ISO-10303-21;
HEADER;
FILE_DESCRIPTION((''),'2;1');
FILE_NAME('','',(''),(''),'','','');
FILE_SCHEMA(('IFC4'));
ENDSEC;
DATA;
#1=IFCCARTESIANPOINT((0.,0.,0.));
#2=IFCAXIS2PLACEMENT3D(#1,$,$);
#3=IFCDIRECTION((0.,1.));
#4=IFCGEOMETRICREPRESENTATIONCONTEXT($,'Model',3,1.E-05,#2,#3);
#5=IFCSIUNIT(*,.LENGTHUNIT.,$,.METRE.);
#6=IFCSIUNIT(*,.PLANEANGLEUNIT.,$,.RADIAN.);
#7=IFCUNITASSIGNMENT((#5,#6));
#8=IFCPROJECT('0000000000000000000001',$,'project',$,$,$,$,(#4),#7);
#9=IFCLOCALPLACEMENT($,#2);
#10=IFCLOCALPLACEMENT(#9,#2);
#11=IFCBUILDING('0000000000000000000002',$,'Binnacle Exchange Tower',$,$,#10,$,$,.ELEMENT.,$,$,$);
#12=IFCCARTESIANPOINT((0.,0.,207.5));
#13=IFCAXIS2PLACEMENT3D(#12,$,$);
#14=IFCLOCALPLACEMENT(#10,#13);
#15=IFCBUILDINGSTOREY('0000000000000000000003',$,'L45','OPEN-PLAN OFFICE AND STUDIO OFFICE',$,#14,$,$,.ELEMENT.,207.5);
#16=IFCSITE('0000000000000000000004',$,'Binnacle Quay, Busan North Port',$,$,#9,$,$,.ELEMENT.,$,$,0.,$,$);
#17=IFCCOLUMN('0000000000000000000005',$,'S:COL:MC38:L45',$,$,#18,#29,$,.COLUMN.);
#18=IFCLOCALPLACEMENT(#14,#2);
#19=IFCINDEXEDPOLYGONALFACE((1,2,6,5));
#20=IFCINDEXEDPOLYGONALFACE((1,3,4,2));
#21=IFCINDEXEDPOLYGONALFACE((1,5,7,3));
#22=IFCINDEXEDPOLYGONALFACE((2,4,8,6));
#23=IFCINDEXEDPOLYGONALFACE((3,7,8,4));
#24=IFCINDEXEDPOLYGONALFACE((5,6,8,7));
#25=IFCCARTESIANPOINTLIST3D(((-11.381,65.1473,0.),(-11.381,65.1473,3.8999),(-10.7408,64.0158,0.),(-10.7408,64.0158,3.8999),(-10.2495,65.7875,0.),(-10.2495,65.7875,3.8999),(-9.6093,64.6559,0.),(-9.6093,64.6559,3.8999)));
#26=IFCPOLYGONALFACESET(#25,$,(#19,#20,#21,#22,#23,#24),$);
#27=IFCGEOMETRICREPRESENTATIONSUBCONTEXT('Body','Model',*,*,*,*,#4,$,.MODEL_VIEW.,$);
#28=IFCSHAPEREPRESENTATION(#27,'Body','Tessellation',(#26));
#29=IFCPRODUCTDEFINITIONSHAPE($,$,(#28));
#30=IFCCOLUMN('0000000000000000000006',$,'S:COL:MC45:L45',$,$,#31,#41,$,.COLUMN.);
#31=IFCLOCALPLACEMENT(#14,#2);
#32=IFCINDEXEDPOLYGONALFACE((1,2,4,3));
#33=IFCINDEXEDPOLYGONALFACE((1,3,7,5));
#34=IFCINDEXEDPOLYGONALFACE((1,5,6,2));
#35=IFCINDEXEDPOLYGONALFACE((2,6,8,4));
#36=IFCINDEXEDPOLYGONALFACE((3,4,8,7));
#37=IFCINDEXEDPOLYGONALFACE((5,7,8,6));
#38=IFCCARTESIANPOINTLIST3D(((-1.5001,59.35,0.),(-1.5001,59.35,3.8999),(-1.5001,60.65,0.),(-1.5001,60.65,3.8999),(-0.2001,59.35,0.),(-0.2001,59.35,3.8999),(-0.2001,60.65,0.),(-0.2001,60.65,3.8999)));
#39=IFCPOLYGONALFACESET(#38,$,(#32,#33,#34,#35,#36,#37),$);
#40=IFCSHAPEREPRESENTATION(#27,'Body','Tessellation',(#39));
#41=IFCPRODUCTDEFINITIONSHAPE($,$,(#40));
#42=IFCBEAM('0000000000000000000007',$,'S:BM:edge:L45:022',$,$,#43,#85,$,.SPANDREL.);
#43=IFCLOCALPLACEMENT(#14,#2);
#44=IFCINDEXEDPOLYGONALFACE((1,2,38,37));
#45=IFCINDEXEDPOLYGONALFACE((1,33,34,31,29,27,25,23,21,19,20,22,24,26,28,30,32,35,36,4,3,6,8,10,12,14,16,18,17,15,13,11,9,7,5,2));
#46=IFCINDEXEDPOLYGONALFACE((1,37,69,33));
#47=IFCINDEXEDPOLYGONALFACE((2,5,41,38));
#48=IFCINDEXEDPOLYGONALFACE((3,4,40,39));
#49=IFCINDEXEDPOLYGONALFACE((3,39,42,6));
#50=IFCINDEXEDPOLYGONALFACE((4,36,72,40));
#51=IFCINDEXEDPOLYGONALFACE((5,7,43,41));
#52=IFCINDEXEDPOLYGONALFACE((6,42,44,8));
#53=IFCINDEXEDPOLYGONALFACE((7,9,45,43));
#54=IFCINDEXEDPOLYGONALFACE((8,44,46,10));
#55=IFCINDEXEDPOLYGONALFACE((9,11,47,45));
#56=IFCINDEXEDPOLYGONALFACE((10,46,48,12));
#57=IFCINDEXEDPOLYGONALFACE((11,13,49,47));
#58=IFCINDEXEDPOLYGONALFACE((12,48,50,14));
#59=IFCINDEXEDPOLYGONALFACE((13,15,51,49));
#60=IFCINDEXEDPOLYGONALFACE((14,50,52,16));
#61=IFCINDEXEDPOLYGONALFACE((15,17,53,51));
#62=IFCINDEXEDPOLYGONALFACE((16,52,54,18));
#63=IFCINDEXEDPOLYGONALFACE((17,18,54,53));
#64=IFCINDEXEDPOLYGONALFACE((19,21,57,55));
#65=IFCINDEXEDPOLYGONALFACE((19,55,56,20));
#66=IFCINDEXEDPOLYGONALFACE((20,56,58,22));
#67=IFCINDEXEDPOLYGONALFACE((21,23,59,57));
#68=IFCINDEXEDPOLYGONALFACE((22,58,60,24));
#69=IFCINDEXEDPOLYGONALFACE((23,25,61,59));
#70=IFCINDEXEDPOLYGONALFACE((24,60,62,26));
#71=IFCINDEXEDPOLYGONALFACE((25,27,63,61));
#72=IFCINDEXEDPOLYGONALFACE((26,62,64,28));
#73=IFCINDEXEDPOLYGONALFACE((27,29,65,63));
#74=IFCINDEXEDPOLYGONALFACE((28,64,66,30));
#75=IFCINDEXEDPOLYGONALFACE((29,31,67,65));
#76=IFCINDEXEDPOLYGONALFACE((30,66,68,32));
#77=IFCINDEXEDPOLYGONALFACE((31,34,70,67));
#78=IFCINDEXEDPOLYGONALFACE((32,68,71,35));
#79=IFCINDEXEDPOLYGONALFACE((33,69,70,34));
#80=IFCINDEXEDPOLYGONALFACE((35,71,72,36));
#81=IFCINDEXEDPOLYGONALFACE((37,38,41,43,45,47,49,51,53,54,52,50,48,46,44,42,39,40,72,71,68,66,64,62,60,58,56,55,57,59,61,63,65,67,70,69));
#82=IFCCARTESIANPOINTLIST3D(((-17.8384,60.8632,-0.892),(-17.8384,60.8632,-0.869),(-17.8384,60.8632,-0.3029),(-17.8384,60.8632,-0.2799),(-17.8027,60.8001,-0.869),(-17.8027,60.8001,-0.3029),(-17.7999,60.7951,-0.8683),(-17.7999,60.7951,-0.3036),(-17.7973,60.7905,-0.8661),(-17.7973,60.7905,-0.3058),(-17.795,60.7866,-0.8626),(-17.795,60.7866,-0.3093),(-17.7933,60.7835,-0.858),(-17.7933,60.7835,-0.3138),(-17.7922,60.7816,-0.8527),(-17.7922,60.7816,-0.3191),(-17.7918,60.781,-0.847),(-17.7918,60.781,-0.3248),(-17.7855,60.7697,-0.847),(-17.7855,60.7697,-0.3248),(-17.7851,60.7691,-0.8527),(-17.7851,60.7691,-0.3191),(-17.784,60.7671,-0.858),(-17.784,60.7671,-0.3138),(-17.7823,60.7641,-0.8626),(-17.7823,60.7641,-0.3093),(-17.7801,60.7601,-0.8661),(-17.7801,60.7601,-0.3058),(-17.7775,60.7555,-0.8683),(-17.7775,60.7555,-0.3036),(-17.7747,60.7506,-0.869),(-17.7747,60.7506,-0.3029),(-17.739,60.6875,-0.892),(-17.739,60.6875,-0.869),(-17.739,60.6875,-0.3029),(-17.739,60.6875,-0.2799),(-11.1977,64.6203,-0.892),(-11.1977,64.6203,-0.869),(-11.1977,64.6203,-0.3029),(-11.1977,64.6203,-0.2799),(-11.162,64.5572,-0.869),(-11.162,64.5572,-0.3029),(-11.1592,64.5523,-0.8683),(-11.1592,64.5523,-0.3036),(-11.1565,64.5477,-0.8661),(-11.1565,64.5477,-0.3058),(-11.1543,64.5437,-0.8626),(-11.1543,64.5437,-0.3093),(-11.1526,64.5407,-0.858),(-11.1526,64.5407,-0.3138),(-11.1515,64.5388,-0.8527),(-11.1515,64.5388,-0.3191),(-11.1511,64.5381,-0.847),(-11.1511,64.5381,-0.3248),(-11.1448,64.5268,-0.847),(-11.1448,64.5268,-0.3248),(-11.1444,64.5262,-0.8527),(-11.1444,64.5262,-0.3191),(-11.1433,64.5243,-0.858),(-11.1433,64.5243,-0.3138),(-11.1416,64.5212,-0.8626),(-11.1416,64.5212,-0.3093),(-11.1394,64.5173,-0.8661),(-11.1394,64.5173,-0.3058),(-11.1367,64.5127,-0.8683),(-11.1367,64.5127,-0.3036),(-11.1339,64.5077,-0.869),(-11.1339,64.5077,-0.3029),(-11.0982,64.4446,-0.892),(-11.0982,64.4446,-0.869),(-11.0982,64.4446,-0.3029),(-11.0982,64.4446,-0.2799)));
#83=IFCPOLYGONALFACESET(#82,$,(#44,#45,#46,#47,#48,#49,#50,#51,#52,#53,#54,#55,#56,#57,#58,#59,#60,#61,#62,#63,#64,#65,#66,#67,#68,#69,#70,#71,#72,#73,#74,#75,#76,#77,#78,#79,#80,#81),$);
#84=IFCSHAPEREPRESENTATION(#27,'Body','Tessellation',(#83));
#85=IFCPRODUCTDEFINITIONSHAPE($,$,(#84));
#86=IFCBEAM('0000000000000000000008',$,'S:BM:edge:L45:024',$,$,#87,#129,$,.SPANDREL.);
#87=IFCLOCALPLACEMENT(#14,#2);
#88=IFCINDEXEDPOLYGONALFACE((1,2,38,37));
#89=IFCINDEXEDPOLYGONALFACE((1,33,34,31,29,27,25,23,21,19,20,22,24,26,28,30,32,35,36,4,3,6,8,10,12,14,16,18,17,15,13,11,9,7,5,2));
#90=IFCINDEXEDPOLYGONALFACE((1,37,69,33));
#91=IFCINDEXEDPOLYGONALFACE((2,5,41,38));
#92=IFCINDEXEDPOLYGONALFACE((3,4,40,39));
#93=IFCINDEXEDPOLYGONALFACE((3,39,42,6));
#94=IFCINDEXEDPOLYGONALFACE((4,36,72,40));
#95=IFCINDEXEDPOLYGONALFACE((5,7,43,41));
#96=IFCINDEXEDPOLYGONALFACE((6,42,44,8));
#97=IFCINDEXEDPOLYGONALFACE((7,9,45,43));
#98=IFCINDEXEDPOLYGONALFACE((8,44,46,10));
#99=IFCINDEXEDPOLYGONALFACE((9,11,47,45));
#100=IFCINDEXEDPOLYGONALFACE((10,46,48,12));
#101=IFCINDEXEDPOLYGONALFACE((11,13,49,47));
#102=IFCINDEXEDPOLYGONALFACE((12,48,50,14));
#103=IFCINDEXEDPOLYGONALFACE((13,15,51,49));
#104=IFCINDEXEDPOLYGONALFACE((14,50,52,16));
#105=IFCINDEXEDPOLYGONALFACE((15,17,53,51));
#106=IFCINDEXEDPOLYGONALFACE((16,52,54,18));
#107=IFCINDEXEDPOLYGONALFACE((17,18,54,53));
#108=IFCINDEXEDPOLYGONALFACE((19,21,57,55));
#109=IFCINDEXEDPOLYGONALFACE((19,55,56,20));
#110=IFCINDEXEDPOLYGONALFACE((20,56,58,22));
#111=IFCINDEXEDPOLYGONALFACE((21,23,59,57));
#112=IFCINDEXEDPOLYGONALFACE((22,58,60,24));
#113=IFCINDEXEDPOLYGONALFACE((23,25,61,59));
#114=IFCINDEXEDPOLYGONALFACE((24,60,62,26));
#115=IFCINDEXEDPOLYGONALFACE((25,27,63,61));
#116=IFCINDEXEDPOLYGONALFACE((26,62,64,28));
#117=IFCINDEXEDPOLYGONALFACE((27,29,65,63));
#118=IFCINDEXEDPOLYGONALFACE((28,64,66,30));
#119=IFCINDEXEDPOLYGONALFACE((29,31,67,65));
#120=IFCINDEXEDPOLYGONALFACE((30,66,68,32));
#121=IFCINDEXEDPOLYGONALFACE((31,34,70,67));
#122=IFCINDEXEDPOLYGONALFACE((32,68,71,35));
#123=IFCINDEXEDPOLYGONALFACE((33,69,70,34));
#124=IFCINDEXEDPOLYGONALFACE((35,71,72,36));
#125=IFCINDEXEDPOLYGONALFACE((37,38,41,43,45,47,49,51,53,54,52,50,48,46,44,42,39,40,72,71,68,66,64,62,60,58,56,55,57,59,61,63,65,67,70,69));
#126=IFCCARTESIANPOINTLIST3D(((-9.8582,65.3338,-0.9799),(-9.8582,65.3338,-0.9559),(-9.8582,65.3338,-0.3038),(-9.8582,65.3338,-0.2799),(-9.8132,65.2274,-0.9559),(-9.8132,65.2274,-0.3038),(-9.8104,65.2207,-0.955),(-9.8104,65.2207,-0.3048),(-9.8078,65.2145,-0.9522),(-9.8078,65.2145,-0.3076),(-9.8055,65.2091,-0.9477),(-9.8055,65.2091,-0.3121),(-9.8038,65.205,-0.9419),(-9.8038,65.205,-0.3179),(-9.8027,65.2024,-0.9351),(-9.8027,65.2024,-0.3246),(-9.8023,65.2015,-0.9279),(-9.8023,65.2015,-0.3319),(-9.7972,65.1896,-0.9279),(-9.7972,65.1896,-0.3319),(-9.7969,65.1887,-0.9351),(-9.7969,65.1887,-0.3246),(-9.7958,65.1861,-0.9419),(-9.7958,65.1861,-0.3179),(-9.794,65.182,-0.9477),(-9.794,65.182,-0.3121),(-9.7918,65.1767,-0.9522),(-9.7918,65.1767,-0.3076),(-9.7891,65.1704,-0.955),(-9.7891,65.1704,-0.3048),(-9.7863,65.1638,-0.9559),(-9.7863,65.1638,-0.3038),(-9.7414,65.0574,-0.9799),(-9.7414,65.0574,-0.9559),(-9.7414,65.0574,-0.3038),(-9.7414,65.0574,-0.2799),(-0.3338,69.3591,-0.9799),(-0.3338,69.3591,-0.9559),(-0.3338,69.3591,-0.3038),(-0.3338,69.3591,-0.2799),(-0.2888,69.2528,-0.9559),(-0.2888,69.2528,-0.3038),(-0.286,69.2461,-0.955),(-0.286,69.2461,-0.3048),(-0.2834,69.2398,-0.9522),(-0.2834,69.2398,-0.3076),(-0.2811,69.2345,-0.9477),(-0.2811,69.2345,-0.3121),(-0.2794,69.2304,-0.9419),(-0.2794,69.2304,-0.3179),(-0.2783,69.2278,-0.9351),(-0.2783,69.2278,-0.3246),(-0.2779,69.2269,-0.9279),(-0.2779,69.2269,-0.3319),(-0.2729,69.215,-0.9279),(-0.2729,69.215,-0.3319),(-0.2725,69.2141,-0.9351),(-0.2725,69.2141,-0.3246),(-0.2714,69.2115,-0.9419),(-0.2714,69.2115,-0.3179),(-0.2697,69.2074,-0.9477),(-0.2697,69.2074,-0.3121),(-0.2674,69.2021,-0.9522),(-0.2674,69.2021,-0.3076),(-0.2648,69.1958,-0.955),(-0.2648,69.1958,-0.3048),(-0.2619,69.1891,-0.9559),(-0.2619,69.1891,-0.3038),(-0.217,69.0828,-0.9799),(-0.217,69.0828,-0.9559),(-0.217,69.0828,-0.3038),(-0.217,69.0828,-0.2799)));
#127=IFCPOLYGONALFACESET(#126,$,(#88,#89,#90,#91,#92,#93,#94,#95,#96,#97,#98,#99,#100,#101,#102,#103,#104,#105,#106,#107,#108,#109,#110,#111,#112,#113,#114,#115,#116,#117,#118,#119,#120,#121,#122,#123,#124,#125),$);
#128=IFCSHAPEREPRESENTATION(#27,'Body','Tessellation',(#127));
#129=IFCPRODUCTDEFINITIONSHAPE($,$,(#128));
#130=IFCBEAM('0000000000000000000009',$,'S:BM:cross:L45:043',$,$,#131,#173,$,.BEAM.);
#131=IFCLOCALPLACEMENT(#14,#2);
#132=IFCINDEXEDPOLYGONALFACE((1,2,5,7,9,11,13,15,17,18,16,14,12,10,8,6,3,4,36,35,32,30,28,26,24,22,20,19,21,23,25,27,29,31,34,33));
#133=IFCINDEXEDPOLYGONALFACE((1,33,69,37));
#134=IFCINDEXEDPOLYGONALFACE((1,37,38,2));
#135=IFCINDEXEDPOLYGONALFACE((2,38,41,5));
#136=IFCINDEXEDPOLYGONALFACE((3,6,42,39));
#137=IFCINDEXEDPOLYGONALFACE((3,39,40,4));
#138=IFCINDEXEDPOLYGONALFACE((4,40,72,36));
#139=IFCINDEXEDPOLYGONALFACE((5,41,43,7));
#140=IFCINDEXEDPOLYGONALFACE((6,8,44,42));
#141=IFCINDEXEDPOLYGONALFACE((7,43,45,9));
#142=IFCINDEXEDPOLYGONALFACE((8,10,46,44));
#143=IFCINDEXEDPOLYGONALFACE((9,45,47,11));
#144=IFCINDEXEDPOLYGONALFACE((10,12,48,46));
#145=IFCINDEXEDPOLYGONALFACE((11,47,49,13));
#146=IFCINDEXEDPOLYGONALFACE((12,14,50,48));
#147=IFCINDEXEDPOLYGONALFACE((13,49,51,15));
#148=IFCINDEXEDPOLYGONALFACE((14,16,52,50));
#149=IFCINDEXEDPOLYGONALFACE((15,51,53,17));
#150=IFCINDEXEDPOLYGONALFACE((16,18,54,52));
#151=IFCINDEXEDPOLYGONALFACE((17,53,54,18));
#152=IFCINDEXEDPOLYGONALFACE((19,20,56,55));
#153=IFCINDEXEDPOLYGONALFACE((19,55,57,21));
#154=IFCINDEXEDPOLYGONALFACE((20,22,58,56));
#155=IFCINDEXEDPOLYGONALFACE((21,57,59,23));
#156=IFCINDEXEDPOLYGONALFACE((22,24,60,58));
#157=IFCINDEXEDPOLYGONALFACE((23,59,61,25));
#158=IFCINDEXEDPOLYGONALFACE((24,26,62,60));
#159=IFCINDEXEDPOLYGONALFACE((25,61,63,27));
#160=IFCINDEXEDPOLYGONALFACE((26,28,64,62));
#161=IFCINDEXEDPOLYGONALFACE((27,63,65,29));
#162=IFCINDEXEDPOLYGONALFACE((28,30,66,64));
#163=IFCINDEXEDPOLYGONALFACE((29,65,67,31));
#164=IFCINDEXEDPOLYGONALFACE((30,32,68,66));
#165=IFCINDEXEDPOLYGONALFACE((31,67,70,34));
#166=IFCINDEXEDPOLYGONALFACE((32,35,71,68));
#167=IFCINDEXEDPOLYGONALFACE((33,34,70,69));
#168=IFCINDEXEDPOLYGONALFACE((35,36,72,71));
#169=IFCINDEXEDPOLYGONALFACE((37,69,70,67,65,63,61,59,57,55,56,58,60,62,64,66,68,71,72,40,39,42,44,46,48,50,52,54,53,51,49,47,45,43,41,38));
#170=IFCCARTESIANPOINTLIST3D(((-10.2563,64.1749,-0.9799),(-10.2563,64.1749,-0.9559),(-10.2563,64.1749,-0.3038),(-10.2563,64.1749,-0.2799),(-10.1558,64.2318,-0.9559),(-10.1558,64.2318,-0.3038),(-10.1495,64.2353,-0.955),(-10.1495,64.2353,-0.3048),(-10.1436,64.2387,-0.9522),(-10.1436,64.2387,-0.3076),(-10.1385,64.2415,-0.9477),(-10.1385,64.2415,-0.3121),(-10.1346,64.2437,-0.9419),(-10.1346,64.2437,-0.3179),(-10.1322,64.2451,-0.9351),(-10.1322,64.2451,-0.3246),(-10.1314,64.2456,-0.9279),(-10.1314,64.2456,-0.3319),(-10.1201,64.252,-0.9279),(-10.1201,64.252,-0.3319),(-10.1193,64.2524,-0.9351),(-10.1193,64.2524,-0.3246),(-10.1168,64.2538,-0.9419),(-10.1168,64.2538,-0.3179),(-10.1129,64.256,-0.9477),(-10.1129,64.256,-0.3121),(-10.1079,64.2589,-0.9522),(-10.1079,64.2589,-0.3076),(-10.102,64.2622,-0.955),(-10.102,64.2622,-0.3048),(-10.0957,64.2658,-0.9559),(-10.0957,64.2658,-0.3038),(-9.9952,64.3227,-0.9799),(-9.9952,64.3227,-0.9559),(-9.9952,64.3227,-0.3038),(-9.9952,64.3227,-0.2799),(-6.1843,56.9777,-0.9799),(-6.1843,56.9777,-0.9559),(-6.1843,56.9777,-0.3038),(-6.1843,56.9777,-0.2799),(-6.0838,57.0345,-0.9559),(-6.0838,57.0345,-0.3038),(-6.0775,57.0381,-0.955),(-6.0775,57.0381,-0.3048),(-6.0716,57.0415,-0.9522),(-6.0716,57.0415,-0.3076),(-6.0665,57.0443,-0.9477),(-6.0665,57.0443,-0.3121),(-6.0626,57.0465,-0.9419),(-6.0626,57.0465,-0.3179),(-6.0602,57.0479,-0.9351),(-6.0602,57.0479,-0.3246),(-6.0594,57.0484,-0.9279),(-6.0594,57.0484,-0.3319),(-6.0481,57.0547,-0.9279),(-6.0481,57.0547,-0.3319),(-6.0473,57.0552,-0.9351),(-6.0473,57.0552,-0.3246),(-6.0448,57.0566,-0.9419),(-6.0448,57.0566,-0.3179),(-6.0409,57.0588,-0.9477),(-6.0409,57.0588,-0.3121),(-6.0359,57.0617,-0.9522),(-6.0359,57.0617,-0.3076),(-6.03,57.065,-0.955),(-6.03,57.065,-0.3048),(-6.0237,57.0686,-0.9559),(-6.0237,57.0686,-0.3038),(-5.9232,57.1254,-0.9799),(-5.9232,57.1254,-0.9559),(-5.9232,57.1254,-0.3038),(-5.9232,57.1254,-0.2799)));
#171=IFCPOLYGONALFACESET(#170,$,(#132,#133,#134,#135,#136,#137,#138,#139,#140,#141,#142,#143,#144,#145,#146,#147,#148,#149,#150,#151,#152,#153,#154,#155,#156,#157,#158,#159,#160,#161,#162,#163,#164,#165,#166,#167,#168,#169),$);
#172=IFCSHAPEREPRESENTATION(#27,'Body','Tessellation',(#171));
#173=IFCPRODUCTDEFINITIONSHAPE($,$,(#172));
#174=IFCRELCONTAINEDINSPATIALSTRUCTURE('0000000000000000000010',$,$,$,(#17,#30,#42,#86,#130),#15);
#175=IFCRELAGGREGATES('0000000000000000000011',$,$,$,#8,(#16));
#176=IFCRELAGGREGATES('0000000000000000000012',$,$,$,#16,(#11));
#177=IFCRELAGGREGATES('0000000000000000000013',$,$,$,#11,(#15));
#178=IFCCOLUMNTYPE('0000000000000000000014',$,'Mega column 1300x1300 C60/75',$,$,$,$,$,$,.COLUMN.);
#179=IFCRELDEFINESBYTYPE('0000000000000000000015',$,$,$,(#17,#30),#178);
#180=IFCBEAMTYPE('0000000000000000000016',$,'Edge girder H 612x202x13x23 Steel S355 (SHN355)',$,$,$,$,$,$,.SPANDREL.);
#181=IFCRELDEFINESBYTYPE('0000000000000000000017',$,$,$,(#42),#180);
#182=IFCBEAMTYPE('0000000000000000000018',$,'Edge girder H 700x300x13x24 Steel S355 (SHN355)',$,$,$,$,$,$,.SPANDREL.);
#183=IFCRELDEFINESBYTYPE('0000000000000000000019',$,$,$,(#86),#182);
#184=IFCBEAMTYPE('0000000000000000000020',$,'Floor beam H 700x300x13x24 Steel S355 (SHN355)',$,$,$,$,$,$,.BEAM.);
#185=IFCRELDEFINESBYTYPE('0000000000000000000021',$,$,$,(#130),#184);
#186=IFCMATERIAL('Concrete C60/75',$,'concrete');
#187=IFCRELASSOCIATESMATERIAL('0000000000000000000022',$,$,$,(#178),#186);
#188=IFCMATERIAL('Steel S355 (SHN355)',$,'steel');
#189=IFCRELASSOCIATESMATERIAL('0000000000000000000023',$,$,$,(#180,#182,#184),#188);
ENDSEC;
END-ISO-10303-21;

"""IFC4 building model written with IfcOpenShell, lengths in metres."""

from ifc_helpers import new_model, si_unit, direction, frame, origin, origin_2d, place, context, subcontext, project, spatial, rectangle, i_section, extrude, material, material_profile, profile_set, type_object, element, save


model = new_model("IFC4")

# Units and contexts
model_context = context("Model", 3, precision=1e-05, world=origin(), true_north=direction((0.0, 1.0)))
body_context = subcontext(model_context, "Body", "Model", "MODEL_VIEW")
ifc_project = project(units=[si_unit("LENGTHUNIT", "METRE"), si_unit("PLANEANGLEUNIT", "RADIAN")], contexts=[model_context])

# Site, building, storey
site_placement = place(None, origin())
site = spatial("IfcSite", under=ifc_project, at=site_placement, Name="Binnacle Quay, Busan North Port", CompositionType="ELEMENT", RefElevation=0.0)
building_placement = place(site_placement, origin())
building = spatial("IfcBuilding", under=site, at=building_placement, Name="Binnacle Exchange Tower", CompositionType="ELEMENT")
storey_placement = place(building_placement, frame((0.0, 0.0, 207.5)))
storey = spatial("IfcBuildingStorey", under=building, at=storey_placement, Name="L45", Description="OPEN-PLAN OFFICE AND STUDIO OFFICE", CompositionType="ELEMENT", Elevation=207.5)

# Columns
ifc_material_1 = material(Name="Concrete C60/75", Category="concrete")
ifc_material_profile_1 = material_profile(ifc_material_1, rectangle(XDim=1.3, YDim=1.3, at=origin_2d()), Name="Mega column 1300x1300 C60/75")
ifc_profile_set_1 = profile_set([ifc_material_profile_1], Name="Concrete C60/75")
column_type = type_object("IfcColumnType", Name="Mega column 1300x1300 C60/75", PredefinedType="COLUMN", material=ifc_profile_set_1)
for number, where, z_axis, x_axis, name in (
    (1, (-10.4951, 64.9016, 0.0), (0.0, 0.0, 1.0), (-0.870356, -0.492424, 0.0), "S:COL:MC38:L45"),
    (2, (-0.8501, 60.0, 0.0), (0.0, 0.0, 1.0), (0.0, 1.0, 0.0), "S:COL:MC45:L45"),
):
    element("IfcColumn", number, at=place(storey_placement, frame(where, z_axis=z_axis, x_axis=x_axis)), inside=storey, type_object=column_type, Name=name, PredefinedType="COLUMN", context=body_context, shape_type="SweptSolid", body=[
        extrude(rectangle(XDim=1.3, YDim=1.3, at=origin_2d()), origin(), (0.0, 0.0, 1.0), 3.8999),
    ])

# Beams
ifc_material_2 = material(Name="Steel S355 (SHN355)", Category="steel")
ifc_material_profile_2 = material_profile(ifc_material_2, i_section(OverallWidth=0.2019, OverallDepth=0.6121, WebThickness=0.0129, FlangeThickness=0.0229, FilletRadius=0.022, at=origin_2d()), Name="H 612x202x13x23")
ifc_profile_set_2 = profile_set([ifc_material_profile_2], Name="Steel S355 (SHN355)")
beam_type_1 = type_object("IfcBeamType", Name="Edge girder H 612x202x13x23 Steel S355 (SHN355)", PredefinedType="SPANDREL", material=ifc_profile_set_2)
beam_1_placement = place(storey_placement, frame((-11.1479, 64.5325, -0.5859), z_axis=(-0.870356, -0.492423, 0.0), x_axis=(0.492423, -0.870356, 0.0)))
element("IfcBeam", 3, at=beam_1_placement, inside=storey, type_object=beam_type_1, Name="S:BM:edge:L45:022", PredefinedType="SPANDREL", context=body_context, shape_type="SweptSolid", body=[
    extrude(i_section(OverallWidth=0.2019, OverallDepth=0.6121, WebThickness=0.0129, FlangeThickness=0.0229, FilletRadius=0.022, at=origin_2d()), origin(), (0.0, 0.0, 1.0), 7.6299),
])
ifc_material_profile_3 = material_profile(ifc_material_2, i_section(OverallWidth=0.3, OverallDepth=0.7, WebThickness=0.0129, FlangeThickness=0.0239, FilletRadius=0.0281, at=origin_2d()), Name="H 700x300x13x24")
ifc_profile_set_3 = profile_set([ifc_material_profile_3], Name="Steel S355 (SHN355)")
beam_type_2 = type_object("IfcBeamType", Name="Edge girder H 700x300x13x24 Steel S355 (SHN355)", PredefinedType="SPANDREL", material=ifc_profile_set_3)
beam_2_placement = place(storey_placement, frame((-0.2754, 69.2209, -0.6299), z_axis=(-0.921112, -0.389298, 0.0), x_axis=(0.389298, -0.921112, 0.0)))
element("IfcBeam", 4, at=beam_2_placement, inside=storey, type_object=beam_type_2, Name="S:BM:edge:L45:024", PredefinedType="SPANDREL", context=body_context, shape_type="SweptSolid", body=[
    extrude(i_section(OverallWidth=0.3, OverallDepth=0.7, WebThickness=0.0129, FlangeThickness=0.0239, FilletRadius=0.0281, at=origin_2d()), origin(), (0.0, 0.0, 1.0), 10.3401),
])
ifc_material_profile_4 = material_profile(ifc_material_2, i_section(OverallWidth=0.3, OverallDepth=0.7, WebThickness=0.0129, FlangeThickness=0.0239, FilletRadius=0.0281, at=origin_2d()), Name="H 700x300x13x24")
ifc_profile_set_4 = profile_set([ifc_material_profile_4], Name="Steel S355 (SHN355)")
beam_type_3 = type_object("IfcBeamType", Name="Floor beam H 700x300x13x24 Steel S355 (SHN355)", PredefinedType="BEAM", material=ifc_profile_set_4)
beam_3_placement = place(storey_placement, frame((-10.1257, 64.2488, -0.6299), z_axis=(0.492424, -0.870355, 0.0), x_axis=(0.870355, 0.492424, 0.0)))
element("IfcBeam", 5, at=beam_3_placement, inside=storey, type_object=beam_type_3, Name="S:BM:cross:L45:043", PredefinedType="BEAM", context=body_context, shape_type="SweptSolid", body=[
    extrude(i_section(OverallWidth=0.3, OverallDepth=0.7, WebThickness=0.0129, FlangeThickness=0.0239, FilletRadius=0.0281, at=origin_2d()), origin(), (0.0, 0.0, 1.0), 8.2693),
])

save(model, "model.ifc")
